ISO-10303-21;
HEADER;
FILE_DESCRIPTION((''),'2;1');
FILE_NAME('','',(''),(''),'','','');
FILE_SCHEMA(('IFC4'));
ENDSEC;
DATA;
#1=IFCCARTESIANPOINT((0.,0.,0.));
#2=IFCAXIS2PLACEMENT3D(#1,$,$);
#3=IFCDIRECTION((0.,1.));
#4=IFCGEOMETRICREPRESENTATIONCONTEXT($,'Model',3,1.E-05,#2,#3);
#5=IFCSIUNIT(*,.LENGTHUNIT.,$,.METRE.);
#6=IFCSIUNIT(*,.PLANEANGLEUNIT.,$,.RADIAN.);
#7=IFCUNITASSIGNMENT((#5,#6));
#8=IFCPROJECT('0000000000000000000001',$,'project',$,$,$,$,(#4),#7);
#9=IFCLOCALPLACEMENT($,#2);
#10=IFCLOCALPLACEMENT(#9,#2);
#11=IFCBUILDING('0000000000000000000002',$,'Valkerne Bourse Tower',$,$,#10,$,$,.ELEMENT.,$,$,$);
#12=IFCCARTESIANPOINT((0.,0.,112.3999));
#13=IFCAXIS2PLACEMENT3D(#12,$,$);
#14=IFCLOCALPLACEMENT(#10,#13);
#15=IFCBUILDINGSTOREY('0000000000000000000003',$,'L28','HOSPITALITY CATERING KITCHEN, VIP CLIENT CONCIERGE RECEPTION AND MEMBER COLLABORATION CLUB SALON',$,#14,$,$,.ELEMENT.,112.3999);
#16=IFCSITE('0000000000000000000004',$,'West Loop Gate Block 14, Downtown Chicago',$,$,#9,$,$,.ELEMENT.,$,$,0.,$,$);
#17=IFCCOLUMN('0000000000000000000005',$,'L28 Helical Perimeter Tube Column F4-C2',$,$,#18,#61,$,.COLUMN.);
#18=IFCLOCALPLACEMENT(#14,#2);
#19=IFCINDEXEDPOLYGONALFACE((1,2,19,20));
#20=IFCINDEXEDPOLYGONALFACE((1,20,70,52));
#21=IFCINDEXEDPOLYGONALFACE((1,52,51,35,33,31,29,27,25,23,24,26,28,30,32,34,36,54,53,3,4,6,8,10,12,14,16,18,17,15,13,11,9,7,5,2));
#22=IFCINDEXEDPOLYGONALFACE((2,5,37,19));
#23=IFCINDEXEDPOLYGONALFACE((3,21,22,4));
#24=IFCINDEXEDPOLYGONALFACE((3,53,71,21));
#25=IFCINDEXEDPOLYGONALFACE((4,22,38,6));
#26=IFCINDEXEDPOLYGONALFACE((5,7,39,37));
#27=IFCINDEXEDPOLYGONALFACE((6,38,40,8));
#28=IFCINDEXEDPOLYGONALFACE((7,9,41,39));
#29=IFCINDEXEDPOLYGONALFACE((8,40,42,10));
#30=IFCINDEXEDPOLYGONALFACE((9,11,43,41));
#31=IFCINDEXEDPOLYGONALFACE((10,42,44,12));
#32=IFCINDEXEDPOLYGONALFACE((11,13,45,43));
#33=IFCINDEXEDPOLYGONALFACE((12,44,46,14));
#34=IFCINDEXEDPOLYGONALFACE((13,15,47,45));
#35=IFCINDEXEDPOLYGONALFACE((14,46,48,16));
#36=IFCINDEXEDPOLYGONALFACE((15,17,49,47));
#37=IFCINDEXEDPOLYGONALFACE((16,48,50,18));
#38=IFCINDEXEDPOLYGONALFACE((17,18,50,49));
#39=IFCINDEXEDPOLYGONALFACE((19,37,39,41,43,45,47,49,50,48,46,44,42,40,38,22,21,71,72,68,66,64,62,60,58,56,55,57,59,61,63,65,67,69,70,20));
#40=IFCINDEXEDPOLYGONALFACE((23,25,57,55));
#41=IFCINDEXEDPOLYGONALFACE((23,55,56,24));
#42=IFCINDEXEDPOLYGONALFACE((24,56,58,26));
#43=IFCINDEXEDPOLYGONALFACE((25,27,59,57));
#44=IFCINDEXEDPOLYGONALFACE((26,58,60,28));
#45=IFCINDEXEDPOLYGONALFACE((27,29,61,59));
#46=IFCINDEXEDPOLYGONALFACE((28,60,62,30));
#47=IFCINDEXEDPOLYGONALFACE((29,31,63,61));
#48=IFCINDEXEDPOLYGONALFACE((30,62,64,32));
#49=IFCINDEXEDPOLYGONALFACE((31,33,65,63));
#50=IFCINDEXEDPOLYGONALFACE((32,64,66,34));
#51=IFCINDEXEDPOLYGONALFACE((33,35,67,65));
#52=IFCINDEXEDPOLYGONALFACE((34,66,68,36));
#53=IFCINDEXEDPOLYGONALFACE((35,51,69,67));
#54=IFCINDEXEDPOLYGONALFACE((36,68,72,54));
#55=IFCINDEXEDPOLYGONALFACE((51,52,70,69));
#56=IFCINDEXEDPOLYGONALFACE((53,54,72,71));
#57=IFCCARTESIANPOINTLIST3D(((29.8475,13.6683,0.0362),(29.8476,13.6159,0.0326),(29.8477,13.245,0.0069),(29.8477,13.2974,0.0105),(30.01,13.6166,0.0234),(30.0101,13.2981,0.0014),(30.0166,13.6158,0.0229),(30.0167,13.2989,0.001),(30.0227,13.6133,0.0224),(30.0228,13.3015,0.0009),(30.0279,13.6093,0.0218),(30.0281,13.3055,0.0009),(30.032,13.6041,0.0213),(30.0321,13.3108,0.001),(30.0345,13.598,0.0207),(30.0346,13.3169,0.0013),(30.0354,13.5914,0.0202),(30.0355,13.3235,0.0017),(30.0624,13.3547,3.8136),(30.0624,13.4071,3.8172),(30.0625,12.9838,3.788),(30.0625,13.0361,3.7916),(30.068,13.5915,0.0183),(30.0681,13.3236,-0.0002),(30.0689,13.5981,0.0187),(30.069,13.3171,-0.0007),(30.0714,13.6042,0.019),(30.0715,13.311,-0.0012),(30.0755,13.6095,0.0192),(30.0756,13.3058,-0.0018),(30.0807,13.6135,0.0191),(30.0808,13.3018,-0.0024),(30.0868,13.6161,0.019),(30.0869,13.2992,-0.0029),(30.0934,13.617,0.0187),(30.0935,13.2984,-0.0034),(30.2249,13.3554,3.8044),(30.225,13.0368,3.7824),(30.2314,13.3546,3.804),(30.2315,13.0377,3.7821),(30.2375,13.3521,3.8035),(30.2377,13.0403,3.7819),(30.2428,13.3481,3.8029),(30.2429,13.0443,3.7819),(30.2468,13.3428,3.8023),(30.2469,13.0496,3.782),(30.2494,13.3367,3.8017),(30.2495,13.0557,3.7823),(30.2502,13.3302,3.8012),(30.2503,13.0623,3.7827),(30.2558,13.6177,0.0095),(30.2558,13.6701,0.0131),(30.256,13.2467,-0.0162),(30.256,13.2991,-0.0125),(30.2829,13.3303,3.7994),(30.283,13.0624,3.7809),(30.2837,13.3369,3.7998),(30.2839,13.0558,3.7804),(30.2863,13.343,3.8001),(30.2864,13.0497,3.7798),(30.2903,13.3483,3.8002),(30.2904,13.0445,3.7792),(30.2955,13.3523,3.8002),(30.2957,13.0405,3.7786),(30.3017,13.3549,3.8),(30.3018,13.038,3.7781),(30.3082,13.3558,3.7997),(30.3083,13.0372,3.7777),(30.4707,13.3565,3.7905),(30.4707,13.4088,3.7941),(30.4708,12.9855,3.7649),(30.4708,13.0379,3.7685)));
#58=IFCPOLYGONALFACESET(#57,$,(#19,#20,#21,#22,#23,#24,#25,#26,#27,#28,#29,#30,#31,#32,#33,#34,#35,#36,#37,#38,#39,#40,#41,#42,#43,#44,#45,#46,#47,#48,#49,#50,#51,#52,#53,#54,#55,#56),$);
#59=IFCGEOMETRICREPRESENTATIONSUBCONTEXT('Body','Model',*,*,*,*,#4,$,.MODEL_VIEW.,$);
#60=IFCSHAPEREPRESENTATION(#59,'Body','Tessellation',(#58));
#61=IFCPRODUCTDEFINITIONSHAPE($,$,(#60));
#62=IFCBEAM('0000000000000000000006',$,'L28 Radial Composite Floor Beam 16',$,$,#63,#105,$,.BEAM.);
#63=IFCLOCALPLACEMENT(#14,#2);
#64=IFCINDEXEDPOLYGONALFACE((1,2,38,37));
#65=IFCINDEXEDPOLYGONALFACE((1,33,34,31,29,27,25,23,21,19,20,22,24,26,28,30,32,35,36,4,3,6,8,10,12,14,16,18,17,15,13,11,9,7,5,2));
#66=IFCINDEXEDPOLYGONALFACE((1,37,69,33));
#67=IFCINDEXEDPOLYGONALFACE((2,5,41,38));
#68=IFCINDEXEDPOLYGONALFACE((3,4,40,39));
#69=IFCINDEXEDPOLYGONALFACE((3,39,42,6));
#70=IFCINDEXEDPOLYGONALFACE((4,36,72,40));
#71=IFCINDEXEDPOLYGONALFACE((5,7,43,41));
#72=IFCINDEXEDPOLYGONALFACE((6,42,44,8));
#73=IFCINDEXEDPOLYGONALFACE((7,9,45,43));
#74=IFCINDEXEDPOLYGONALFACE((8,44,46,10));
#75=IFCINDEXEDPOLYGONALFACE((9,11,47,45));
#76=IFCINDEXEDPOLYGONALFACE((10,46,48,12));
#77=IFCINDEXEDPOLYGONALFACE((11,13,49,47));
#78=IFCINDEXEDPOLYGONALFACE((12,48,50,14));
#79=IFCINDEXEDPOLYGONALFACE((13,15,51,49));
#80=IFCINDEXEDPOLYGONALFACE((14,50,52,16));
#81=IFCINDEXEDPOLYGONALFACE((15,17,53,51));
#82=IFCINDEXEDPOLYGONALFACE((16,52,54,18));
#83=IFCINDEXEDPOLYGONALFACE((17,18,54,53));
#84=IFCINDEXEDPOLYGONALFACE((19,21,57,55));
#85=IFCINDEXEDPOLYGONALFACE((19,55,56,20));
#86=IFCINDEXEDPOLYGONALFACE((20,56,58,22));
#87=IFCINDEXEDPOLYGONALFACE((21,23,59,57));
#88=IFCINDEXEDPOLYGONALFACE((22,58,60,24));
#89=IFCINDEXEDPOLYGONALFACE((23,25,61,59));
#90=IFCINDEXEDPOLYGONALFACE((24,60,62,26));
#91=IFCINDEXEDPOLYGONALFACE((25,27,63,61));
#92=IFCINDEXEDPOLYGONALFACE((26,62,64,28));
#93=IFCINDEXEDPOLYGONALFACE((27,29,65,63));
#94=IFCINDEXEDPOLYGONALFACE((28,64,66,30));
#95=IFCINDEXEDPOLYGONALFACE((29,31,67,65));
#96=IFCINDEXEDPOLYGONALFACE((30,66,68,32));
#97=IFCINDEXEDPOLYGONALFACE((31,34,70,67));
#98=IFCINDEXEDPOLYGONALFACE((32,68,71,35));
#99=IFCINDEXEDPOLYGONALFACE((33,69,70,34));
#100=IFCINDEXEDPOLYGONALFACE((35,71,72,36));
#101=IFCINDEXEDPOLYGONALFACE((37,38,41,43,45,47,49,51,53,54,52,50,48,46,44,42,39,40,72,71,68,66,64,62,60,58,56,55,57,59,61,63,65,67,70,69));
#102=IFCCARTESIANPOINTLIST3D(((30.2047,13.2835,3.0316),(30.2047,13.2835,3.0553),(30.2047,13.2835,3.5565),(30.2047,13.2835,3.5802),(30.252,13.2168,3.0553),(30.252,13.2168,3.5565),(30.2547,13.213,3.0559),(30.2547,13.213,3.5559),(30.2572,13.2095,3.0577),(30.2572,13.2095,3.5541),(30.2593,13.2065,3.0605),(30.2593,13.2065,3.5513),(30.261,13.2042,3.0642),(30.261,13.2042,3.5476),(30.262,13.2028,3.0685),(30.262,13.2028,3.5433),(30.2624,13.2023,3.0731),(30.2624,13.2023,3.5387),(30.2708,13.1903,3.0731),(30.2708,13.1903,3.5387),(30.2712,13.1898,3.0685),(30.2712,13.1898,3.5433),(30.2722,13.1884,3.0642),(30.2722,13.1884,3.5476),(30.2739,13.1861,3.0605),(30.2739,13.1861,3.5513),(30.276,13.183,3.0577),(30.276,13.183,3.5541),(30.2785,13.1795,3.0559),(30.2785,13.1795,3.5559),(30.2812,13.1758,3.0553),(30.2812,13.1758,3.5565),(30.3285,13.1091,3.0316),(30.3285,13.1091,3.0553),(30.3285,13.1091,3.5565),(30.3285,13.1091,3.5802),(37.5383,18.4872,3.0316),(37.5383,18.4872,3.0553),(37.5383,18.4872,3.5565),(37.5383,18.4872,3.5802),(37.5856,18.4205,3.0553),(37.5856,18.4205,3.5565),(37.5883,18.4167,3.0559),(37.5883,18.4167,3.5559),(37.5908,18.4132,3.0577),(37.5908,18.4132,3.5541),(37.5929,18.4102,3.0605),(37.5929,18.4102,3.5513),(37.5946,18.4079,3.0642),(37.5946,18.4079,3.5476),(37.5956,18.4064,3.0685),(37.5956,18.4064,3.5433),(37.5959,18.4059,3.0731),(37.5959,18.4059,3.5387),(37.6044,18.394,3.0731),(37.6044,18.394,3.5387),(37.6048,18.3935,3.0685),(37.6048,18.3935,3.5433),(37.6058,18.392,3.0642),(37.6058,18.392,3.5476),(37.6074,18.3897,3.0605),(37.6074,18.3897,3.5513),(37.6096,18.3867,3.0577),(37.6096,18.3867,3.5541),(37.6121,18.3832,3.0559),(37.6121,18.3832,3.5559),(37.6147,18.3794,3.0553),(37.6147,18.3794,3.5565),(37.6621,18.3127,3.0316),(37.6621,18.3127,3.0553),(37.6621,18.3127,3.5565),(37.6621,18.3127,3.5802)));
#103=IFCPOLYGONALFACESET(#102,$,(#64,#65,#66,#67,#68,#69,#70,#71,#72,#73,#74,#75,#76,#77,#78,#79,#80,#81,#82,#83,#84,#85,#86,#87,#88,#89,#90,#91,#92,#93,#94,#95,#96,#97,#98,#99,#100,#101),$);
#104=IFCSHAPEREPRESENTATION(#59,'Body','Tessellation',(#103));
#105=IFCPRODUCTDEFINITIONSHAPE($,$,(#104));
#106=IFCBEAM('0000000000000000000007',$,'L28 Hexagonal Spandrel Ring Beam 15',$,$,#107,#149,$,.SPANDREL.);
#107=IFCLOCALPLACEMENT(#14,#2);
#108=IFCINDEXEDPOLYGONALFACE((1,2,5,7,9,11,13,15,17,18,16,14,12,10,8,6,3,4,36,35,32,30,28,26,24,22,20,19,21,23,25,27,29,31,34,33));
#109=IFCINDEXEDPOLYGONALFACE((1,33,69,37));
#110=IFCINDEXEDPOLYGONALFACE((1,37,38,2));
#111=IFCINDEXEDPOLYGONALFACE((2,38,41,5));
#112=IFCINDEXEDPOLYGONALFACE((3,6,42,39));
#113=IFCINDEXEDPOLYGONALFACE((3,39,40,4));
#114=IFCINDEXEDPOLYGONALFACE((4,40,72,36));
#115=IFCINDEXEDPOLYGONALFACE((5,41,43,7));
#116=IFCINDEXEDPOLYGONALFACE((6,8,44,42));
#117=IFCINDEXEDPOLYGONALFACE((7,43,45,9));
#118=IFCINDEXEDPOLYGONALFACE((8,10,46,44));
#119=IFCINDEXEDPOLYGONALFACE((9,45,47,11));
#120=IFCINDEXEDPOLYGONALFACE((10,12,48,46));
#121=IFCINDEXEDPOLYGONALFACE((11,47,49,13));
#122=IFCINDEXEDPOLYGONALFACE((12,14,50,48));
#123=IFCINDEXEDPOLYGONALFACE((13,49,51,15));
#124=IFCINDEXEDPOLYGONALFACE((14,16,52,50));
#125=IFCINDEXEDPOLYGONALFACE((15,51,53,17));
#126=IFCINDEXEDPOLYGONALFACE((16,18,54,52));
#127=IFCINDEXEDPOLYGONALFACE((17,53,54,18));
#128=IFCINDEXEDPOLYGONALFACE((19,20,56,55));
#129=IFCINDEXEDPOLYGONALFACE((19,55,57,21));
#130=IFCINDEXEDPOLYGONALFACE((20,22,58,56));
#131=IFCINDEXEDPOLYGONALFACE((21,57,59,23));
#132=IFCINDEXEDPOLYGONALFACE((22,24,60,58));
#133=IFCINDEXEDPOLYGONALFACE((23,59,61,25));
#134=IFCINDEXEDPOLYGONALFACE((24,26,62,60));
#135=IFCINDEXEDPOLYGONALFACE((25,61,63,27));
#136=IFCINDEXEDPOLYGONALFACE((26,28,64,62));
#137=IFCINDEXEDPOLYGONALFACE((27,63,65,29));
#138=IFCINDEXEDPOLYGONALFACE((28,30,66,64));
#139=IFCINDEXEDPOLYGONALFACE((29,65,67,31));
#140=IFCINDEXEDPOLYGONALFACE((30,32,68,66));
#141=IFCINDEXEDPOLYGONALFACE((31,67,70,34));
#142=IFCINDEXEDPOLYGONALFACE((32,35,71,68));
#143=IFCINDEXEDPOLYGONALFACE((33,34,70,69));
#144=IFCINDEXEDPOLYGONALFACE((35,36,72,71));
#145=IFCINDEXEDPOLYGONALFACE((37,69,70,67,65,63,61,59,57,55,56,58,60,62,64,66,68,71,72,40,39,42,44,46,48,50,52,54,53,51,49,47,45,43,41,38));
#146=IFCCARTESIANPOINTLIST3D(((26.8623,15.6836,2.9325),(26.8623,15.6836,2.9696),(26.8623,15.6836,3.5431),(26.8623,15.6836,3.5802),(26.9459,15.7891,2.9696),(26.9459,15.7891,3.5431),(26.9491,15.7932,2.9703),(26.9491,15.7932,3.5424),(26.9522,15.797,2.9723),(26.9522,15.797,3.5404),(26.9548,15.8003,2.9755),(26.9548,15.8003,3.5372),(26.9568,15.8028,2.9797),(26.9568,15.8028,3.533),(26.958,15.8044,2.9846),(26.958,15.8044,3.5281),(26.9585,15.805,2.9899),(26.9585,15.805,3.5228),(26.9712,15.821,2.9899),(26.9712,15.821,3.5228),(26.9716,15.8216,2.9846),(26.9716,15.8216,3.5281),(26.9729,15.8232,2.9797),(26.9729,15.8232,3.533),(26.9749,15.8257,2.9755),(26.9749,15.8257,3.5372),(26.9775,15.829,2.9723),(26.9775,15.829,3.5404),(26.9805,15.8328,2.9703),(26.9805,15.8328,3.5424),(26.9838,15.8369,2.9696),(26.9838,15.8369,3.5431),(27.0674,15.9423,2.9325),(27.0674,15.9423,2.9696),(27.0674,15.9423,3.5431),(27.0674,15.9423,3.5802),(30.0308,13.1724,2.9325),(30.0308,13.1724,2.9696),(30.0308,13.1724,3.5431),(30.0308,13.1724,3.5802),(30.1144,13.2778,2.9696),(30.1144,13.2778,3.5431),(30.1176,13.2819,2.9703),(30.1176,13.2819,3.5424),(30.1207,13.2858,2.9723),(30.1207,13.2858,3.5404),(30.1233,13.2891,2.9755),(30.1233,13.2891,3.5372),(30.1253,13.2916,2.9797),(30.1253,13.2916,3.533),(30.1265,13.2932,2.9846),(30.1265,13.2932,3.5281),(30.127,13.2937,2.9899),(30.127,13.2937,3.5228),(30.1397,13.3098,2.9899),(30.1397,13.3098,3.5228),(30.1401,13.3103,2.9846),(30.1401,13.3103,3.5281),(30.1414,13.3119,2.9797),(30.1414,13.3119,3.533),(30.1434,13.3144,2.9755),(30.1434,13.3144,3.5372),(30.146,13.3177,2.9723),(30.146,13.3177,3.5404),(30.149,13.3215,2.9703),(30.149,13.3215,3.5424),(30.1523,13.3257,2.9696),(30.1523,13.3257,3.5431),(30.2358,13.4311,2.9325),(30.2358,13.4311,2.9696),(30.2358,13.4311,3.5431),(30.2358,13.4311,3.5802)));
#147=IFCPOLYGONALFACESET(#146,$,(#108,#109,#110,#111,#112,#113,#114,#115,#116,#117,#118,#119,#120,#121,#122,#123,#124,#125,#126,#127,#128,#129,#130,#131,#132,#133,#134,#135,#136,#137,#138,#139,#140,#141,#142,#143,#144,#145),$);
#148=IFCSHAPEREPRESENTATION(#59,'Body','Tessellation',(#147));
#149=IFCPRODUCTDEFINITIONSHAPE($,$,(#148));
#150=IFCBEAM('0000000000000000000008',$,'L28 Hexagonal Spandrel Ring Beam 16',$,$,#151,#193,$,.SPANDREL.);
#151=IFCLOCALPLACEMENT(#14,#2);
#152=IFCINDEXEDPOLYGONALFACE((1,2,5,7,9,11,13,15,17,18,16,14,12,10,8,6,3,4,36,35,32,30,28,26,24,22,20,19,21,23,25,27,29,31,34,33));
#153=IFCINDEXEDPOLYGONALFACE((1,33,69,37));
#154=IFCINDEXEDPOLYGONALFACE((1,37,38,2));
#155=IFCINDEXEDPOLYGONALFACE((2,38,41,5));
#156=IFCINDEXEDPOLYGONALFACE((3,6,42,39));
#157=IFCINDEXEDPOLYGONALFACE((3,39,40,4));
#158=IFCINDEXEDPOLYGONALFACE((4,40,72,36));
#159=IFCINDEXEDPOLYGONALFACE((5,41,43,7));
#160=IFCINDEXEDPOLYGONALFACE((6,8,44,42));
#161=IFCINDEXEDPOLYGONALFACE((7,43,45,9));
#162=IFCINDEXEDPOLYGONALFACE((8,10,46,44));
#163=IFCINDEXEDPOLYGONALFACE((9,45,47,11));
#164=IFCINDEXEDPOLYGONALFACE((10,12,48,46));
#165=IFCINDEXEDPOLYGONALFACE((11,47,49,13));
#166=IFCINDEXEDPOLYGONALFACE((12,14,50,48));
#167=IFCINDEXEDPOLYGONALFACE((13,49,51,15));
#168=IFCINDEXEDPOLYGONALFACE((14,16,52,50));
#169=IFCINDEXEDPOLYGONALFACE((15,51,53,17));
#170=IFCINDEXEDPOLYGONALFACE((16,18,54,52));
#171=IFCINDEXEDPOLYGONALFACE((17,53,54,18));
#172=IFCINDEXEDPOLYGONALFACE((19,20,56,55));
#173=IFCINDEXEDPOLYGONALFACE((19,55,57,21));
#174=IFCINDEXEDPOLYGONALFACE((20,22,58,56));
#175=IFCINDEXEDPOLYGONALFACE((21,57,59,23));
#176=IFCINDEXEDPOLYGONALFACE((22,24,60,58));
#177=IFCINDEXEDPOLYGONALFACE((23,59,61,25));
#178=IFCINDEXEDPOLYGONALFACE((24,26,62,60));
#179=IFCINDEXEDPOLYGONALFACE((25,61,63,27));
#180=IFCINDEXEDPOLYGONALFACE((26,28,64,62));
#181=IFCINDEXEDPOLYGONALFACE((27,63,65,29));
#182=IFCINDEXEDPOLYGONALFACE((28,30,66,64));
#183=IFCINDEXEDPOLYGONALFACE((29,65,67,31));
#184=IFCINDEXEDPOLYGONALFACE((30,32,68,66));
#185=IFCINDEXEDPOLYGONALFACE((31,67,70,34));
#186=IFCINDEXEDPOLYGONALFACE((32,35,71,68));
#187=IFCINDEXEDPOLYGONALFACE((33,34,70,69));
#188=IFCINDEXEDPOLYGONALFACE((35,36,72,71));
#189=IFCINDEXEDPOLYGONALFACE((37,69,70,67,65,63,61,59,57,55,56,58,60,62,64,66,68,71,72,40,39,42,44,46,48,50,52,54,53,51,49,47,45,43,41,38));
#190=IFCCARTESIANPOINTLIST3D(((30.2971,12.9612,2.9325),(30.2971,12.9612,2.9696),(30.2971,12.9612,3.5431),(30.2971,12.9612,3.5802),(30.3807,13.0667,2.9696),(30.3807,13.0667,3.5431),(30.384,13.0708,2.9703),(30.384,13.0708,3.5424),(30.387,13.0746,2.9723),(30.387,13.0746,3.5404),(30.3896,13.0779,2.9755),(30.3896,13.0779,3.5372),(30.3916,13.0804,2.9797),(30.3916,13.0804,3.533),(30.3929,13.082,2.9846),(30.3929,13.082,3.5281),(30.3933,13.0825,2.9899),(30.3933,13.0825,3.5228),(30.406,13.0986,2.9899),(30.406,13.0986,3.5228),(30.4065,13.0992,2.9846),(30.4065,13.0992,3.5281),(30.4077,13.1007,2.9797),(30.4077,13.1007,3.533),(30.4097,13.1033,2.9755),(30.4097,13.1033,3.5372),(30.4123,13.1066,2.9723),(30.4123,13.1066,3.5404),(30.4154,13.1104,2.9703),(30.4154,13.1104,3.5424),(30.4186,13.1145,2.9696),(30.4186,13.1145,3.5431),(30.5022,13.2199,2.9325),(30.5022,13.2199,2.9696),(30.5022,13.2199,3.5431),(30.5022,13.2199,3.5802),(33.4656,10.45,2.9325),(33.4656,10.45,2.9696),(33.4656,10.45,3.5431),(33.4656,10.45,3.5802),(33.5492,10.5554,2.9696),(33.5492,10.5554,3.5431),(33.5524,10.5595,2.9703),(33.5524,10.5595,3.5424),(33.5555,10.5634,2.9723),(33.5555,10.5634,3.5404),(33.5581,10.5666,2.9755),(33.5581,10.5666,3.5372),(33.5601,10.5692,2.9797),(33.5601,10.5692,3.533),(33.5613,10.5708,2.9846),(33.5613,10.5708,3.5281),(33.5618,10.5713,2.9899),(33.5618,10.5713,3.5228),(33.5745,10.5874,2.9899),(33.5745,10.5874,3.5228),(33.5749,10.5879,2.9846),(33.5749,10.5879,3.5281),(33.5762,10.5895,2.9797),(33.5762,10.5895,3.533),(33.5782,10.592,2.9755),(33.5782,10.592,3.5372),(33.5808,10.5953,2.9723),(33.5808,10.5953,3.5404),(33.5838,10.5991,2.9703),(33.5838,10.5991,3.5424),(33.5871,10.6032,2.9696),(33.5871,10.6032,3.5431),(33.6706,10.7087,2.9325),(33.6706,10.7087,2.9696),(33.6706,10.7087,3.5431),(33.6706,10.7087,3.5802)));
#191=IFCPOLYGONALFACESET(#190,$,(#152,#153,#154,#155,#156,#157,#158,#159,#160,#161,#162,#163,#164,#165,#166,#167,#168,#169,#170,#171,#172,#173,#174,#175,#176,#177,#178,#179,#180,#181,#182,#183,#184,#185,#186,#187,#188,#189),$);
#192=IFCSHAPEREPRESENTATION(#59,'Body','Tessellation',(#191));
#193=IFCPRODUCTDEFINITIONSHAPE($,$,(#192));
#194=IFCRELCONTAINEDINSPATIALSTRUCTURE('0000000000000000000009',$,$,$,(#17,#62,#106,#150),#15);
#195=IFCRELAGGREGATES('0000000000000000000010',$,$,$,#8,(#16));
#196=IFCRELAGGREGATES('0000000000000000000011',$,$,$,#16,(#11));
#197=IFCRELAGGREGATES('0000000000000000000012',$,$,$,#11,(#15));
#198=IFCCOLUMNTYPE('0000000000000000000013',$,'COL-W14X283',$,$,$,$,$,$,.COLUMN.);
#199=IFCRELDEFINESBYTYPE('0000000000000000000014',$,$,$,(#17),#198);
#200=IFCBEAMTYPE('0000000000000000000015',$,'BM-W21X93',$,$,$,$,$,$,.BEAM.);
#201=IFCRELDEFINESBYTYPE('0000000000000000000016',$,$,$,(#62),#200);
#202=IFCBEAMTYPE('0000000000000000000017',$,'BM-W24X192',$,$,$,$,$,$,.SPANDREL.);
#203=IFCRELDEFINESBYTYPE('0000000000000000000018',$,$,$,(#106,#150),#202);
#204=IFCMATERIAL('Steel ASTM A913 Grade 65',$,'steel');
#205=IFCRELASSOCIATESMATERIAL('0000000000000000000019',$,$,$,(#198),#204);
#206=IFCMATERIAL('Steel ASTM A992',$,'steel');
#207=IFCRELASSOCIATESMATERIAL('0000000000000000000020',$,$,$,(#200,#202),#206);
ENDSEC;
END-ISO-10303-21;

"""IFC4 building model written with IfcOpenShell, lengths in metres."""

from ifc_helpers import new_model, si_unit, direction, frame, origin, origin_2d, place, context, subcontext, project, spatial, i_section, extrude, material, material_profile, profile_set, type_object, element, save


model = new_model("IFC4")

# Units and contexts
model_context = context("Model", 3, precision=1e-05, world=origin(), true_north=direction((0.0, 1.0)))
body_context = subcontext(model_context, "Body", "Model", "MODEL_VIEW")
ifc_project = project(units=[si_unit("LENGTHUNIT", "METRE"), si_unit("PLANEANGLEUNIT", "RADIAN")], contexts=[model_context])

# Site, building, storey
site_placement = place(None, origin())
site = spatial("IfcSite", under=ifc_project, at=site_placement, Name="West Loop Gate Block 14, Downtown Chicago", CompositionType="ELEMENT", RefElevation=0.0)
building_placement = place(site_placement, origin())
building = spatial("IfcBuilding", under=site, at=building_placement, Name="Valkerne Bourse Tower", CompositionType="ELEMENT")
storey_placement = place(building_placement, frame((0.0, 0.0, 112.3999)))
storey = spatial("IfcBuildingStorey", under=building, at=storey_placement, Name="L28", Description="HOSPITALITY CATERING KITCHEN, VIP CLIENT CONCIERGE RECEPTION AND MEMBER COLLABORATION CLUB SALON", CompositionType="ELEMENT", Elevation=112.3999)

# Column
ifc_material_1 = material(Name="Steel ASTM A913 Grade 65", Category="steel")
ifc_material_profile_1 = material_profile(ifc_material_1, i_section(OverallWidth=0.4089, OverallDepth=0.4243, WebThickness=0.0327, FlangeThickness=0.0525, FilletRadius=0.0254, at=origin_2d()), Name="W14X283")
ifc_profile_set_1 = profile_set([ifc_material_profile_1], Name="Steel ASTM A913 Grade 65")
column_type = type_object("IfcColumnType", Name="COL-W14X283", PredefinedType="COLUMN", material=ifc_profile_set_1)
column_placement = place(storey_placement, frame((30.0518, 13.4575, 0.01), z_axis=(0.056596, -0.068815, 0.996023), x_axis=(0.998397, 0.0043, -0.056434)))
element("IfcColumn", 1, at=column_placement, inside=storey, type_object=column_type, Name="L28 Helical Perimeter Tube Column F4-C2", PredefinedType="COLUMN", context=body_context, shape_type="SweptSolid", body=[
    extrude(i_section(OverallWidth=0.4089, OverallDepth=0.4243, WebThickness=0.0327, FlangeThickness=0.0525, FilletRadius=0.0254, at=origin_2d()), origin(), (0.0, 0.0, 1.0), 3.7961),
])

# Beams
ifc_material_2 = material(Name="Steel ASTM A992", Category="steel")
ifc_material_profile_2 = material_profile(ifc_material_2, i_section(OverallWidth=0.2139, OverallDepth=0.5486, WebThickness=0.0146, FlangeThickness=0.0237, FilletRadius=0.0178, at=origin_2d()), Name="W21X93")
ifc_profile_set_2 = profile_set([ifc_material_profile_2], Name="Steel ASTM A992")
beam_type_1 = type_object("IfcBeamType", Name="BM-W21X93", PredefinedType="BEAM", material=ifc_profile_set_2)
beam_1_placement = place(storey_placement, frame((30.2666, 13.1963, 3.3059), z_axis=(0.815549, 0.578688, 0.0), x_axis=(-0.578688, 0.815549, 0.0)))
element("IfcBeam", 2, at=beam_1_placement, inside=storey, type_object=beam_type_1, Name="L28 Radial Composite Floor Beam 16", PredefinedType="BEAM", context=body_context, shape_type="SweptSolid", body=[
    extrude(i_section(OverallWidth=0.2139, OverallDepth=0.5486, WebThickness=0.0146, FlangeThickness=0.0237, FilletRadius=0.0178, at=origin_2d()), origin(), (0.0, 0.0, 1.0), 8.9922),
])
ifc_material_profile_3 = material_profile(ifc_material_2, i_section(OverallWidth=0.3301, OverallDepth=0.6477, WebThickness=0.0205, FlangeThickness=0.0371, FilletRadius=0.0203, at=origin_2d()), Name="W24X192")
ifc_profile_set_3 = profile_set([ifc_material_profile_3], Name="Steel ASTM A992")
beam_type_2 = type_object("IfcBeamType", Name="BM-W24X192", PredefinedType="SPANDREL", material=ifc_profile_set_3)
for number, where, z_axis, x_axis, name in (
    (3, (26.9648, 15.813, 3.2563), (0.7837, -0.621139, 0.0), (0.621139, 0.7837, 0.0), "L28 Hexagonal Spandrel Ring Beam 15"),
    (4, (30.3997, 13.0906, 3.2563), (0.7837, -0.621139, 0.0), (0.621139, 0.7837, 0.0), "L28 Hexagonal Spandrel Ring Beam 16"),
):
    element("IfcBeam", number, at=place(storey_placement, frame(where, z_axis=z_axis, x_axis=x_axis)), inside=storey, type_object=beam_type_2, Name=name, PredefinedType="SPANDREL", context=body_context, shape_type="SweptSolid", body=[
        extrude(i_section(OverallWidth=0.3301, OverallDepth=0.6477, WebThickness=0.0205, FlangeThickness=0.0371, FilletRadius=0.0203, at=origin_2d()), origin(), (0.0, 0.0, 1.0), 4.043),
    ])

save(model, "model.ifc")
